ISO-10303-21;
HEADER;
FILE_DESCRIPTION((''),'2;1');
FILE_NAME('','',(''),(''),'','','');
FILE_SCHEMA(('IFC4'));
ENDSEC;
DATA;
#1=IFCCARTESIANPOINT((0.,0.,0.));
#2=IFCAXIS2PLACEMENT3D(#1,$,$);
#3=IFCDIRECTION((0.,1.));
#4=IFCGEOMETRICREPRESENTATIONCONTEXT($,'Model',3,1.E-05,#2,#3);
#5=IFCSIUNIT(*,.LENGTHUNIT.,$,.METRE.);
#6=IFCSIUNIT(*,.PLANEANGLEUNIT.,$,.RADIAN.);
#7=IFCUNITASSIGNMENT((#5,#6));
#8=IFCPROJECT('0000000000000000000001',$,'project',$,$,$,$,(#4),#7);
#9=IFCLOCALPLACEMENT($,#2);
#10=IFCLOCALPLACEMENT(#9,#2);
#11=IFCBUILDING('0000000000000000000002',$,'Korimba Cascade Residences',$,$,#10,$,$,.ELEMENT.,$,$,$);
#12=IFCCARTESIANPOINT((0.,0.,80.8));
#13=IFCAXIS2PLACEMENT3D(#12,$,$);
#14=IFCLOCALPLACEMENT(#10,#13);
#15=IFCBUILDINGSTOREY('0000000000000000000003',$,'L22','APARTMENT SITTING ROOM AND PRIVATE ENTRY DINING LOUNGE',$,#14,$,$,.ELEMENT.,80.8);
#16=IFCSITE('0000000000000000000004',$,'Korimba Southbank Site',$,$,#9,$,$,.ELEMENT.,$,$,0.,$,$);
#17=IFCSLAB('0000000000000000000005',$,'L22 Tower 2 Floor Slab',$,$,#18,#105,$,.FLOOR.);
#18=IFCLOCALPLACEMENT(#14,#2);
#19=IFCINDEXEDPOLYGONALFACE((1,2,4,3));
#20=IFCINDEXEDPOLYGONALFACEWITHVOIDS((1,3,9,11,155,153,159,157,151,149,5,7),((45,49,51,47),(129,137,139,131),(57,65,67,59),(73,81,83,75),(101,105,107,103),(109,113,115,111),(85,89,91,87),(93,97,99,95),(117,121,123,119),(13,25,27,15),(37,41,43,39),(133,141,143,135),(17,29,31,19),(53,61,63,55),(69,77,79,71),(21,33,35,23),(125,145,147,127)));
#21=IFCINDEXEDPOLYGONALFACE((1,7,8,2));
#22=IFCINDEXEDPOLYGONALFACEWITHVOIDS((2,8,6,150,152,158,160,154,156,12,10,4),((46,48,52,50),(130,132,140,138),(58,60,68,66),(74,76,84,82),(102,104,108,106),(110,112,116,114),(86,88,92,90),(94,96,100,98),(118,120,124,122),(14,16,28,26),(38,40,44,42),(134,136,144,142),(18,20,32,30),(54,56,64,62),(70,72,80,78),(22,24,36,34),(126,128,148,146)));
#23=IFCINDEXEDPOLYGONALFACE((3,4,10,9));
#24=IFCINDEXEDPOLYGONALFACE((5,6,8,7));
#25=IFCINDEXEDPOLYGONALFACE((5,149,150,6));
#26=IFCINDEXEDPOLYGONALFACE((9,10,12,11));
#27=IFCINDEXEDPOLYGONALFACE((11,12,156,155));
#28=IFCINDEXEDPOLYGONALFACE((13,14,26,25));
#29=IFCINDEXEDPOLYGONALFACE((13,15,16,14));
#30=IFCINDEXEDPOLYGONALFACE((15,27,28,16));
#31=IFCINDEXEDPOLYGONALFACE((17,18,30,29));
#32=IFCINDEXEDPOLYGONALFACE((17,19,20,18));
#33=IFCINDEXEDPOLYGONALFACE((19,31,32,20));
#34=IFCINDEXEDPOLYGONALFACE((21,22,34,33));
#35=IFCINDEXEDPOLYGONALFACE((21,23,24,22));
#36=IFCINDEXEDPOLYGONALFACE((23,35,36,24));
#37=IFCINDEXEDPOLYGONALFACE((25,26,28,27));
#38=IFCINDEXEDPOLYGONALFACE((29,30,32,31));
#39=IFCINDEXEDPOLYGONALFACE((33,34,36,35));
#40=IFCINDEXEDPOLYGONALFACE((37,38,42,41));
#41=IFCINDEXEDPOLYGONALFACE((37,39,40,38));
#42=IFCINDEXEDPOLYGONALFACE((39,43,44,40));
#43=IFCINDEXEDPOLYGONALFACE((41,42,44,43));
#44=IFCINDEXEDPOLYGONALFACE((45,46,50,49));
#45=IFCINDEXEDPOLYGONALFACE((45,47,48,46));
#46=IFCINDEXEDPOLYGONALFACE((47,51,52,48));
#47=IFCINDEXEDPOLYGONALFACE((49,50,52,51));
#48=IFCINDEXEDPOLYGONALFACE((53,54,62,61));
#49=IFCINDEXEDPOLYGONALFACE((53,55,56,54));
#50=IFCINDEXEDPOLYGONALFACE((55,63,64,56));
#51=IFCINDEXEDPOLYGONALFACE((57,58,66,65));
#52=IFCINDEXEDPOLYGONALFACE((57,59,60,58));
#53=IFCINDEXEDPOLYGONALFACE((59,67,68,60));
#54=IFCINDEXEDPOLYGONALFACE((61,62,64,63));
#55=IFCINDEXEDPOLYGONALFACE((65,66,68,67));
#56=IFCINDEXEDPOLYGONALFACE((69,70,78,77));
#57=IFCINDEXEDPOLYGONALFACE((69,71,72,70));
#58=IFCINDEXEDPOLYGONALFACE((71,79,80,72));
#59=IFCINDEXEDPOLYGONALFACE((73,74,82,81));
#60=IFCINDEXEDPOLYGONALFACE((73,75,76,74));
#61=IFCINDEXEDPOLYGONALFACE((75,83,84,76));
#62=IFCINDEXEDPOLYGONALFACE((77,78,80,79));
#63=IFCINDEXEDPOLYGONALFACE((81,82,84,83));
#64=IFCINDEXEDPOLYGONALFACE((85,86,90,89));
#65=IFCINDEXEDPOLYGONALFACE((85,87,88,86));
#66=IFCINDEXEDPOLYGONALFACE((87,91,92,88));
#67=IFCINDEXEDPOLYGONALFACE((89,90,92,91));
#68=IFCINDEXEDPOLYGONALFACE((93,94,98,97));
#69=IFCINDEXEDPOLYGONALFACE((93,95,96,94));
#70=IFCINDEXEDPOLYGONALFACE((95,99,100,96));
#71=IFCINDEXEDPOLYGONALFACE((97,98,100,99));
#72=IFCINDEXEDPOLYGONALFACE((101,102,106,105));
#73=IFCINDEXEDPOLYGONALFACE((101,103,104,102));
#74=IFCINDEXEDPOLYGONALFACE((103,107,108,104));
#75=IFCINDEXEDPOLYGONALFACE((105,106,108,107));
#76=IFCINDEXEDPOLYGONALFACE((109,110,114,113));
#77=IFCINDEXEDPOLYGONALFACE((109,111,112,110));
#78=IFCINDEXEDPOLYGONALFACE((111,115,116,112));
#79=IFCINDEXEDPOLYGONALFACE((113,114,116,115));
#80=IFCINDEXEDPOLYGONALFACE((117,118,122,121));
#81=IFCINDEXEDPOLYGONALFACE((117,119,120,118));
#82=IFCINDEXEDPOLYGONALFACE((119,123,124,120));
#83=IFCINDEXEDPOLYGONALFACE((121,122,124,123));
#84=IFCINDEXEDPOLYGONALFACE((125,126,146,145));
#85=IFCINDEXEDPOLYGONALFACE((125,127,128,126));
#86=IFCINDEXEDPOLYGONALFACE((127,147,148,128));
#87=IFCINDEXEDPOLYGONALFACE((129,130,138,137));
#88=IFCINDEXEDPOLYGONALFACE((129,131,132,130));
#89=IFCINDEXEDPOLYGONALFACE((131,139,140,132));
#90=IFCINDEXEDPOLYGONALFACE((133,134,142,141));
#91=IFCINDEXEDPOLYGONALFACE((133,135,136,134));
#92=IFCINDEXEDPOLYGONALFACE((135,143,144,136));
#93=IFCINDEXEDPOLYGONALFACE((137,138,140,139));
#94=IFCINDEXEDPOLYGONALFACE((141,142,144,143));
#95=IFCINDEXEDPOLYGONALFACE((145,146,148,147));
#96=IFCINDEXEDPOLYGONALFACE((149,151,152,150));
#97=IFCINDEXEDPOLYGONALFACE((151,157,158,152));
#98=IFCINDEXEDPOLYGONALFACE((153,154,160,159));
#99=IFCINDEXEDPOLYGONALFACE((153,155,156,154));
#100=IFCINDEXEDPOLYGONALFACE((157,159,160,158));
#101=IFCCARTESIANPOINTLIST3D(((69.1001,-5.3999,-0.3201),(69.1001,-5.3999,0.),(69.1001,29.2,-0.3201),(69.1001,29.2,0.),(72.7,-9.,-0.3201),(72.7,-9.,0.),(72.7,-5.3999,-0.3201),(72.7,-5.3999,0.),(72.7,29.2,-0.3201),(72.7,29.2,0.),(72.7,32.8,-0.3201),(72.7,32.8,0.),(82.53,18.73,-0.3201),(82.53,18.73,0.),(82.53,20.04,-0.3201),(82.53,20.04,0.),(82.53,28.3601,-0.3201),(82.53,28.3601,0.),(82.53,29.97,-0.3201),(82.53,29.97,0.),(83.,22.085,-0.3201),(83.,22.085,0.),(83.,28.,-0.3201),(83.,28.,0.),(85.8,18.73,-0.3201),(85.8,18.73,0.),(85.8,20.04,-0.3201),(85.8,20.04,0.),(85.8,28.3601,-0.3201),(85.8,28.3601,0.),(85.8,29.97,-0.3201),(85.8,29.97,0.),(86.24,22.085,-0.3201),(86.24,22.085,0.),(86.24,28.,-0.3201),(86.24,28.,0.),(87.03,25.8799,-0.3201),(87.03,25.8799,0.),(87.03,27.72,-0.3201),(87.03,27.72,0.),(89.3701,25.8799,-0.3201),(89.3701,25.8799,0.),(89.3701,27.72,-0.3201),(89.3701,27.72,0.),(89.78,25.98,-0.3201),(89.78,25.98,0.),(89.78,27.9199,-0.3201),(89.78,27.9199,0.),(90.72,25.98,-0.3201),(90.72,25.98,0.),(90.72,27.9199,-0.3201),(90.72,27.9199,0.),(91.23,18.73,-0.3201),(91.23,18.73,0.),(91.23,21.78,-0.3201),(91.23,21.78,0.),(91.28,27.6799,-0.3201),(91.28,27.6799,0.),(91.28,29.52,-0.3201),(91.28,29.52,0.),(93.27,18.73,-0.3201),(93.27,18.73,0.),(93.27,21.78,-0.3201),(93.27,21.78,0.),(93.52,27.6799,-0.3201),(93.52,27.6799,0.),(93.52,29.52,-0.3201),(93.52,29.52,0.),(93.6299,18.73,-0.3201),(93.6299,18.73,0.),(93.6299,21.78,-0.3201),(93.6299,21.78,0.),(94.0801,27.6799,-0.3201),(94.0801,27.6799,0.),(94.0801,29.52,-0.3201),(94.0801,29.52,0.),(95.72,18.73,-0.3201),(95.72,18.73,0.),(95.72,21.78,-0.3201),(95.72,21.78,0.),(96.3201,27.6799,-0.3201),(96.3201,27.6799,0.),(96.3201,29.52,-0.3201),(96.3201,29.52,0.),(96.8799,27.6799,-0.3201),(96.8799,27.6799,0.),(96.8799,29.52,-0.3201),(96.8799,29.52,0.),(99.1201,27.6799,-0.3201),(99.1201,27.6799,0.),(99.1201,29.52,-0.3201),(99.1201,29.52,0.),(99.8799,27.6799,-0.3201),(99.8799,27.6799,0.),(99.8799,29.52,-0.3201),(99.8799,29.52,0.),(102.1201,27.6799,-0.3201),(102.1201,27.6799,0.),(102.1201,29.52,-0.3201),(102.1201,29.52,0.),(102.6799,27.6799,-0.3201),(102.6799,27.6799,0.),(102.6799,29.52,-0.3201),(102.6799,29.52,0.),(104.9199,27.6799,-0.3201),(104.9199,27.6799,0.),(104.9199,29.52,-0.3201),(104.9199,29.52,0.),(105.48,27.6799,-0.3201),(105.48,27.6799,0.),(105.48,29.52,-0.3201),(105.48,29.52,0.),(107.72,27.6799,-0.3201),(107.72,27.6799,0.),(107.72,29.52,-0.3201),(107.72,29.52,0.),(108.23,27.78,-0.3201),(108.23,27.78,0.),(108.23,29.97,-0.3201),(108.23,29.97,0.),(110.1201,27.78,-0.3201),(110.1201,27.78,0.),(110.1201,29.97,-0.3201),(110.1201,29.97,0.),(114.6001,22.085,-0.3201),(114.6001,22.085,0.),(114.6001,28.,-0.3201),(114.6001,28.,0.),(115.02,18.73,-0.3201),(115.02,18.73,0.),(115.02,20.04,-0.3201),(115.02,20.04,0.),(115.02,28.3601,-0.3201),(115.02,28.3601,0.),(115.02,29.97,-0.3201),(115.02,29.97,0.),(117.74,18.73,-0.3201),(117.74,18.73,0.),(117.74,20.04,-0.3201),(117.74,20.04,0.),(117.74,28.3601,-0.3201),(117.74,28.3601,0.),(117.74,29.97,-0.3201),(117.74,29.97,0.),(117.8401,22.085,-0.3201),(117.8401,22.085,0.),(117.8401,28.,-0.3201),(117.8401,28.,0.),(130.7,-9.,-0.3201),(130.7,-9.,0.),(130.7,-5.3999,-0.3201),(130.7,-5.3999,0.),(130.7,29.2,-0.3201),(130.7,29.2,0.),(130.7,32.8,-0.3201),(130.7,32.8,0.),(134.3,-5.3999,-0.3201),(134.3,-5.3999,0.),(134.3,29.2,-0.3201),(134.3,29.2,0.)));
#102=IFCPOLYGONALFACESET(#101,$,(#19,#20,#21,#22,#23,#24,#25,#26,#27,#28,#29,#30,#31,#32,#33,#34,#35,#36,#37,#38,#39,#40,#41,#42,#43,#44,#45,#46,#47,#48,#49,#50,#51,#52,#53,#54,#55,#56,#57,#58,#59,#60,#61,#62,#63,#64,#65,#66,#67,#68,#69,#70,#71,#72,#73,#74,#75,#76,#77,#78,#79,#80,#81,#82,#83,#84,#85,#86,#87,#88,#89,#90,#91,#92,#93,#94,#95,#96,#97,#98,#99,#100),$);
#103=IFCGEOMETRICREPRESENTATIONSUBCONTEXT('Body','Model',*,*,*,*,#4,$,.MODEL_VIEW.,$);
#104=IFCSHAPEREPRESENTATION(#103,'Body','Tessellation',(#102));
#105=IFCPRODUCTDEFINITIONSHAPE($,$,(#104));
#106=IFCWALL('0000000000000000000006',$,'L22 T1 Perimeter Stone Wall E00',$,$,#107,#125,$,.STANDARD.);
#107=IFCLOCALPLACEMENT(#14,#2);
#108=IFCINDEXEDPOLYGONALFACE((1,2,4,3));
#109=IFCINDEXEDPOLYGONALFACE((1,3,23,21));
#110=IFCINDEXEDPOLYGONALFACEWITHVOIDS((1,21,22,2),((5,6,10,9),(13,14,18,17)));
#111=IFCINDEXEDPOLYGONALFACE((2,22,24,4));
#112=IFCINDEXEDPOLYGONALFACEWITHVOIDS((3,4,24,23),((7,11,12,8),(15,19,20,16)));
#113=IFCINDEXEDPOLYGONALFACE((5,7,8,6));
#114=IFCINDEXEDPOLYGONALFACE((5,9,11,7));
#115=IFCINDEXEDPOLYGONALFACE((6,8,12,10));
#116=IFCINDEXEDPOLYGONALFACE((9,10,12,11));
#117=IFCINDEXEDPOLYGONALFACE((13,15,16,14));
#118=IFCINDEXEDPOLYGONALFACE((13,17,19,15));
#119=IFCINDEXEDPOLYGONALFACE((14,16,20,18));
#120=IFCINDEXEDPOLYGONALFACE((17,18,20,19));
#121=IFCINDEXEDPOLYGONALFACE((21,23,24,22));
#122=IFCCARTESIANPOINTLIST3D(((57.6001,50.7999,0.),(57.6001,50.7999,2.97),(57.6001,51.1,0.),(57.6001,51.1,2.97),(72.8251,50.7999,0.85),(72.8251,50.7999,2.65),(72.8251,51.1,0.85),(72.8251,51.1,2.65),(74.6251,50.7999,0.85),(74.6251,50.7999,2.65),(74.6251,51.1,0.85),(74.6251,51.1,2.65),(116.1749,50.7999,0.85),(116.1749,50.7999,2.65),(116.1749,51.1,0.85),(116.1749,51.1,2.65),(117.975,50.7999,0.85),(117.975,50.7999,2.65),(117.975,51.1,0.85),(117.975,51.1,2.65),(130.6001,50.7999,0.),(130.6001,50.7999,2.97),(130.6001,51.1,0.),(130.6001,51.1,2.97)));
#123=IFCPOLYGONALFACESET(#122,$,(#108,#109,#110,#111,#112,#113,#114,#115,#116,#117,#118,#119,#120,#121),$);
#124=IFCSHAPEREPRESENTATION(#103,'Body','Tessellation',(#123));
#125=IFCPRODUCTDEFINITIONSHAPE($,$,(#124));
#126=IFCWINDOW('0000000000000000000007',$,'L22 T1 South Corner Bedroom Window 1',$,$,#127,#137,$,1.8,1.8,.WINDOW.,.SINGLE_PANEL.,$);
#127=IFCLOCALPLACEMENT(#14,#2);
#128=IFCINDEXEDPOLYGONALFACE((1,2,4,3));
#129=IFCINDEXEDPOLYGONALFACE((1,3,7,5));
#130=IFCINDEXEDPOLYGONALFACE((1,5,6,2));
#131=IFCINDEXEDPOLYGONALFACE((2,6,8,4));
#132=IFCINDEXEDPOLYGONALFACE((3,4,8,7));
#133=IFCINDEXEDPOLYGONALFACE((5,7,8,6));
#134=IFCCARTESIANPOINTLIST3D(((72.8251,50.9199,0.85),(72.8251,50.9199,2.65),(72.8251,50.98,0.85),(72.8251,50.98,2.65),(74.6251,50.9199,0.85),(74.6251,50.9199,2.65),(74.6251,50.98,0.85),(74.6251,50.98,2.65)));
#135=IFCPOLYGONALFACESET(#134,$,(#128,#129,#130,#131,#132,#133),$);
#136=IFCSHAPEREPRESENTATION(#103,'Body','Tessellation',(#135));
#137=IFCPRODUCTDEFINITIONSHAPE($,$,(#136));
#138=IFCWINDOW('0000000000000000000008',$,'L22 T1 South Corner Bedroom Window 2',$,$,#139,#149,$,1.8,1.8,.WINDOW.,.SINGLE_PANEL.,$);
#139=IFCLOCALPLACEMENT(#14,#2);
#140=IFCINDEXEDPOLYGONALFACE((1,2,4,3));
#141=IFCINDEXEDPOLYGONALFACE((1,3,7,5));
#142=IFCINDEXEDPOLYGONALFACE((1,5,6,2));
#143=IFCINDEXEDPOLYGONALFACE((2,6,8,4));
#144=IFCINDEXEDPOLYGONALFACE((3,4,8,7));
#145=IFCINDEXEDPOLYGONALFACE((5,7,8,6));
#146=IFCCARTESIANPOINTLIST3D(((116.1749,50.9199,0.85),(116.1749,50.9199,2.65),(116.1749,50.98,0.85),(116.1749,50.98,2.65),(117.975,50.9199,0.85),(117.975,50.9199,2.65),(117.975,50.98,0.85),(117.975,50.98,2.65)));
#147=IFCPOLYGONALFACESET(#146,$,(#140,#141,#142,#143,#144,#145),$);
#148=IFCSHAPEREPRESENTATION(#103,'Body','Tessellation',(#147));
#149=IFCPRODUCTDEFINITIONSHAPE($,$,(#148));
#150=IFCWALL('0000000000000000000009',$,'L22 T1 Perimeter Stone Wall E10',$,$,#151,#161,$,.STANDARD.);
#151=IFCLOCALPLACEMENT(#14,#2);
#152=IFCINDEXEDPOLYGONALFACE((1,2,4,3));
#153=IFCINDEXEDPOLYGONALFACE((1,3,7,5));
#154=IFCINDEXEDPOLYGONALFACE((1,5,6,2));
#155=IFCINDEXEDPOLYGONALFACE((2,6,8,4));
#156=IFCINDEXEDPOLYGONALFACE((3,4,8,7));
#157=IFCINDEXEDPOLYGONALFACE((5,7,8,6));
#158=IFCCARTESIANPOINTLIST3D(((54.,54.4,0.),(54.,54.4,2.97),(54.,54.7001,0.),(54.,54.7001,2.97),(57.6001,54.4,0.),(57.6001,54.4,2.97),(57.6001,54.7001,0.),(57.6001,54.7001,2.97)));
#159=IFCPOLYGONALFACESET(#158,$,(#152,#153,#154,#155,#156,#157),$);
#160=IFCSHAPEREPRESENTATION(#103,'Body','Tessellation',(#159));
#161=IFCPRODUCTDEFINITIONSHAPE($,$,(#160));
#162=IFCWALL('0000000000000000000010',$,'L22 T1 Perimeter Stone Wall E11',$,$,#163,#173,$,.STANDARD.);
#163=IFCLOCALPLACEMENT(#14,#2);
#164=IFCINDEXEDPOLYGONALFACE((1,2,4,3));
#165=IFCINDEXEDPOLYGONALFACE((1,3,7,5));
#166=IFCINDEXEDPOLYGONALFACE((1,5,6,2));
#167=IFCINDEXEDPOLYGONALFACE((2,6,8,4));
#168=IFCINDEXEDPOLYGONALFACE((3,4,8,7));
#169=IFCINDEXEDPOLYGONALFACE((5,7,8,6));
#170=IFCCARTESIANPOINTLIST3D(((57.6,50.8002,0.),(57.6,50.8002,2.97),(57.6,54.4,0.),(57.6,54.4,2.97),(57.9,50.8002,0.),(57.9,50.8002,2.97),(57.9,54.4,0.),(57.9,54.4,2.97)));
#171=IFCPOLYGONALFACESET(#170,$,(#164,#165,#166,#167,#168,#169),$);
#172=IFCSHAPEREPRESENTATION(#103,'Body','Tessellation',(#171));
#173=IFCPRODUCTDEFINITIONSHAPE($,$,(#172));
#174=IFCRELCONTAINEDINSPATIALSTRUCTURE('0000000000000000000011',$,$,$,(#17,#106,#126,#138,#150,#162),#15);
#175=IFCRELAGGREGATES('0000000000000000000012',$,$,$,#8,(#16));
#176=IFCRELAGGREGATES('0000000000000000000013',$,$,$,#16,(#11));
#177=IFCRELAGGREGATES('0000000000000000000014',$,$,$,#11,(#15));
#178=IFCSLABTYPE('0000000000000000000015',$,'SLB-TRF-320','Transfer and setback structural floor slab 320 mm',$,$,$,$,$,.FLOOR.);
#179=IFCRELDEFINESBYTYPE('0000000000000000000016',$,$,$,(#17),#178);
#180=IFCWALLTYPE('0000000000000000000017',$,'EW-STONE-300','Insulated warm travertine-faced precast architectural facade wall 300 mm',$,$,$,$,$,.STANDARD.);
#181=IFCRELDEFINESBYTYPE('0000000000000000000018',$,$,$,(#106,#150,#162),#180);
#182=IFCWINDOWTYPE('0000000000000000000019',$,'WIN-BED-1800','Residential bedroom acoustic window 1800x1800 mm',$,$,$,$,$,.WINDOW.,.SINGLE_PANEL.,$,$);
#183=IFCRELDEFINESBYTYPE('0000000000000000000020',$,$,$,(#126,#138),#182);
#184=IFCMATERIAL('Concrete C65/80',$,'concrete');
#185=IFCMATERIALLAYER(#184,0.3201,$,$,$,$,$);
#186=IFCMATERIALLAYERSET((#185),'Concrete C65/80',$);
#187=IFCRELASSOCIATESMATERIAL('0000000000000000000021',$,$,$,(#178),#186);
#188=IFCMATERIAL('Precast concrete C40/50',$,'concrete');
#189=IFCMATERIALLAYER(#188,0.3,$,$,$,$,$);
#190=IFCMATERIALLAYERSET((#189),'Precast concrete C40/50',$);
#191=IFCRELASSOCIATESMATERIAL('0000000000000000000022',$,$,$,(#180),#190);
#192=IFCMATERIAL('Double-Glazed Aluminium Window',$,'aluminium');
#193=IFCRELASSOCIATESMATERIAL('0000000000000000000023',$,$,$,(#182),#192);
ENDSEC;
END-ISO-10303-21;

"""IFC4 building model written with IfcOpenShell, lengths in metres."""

from ifc_helpers import new_model, si_unit, direction, frame, frame_2d, origin, place, context, subcontext, project, spatial, polyline, rectangle, outline, extrude, material, layer, layer_set, type_object, element, fill, save


model = new_model("IFC4")

# Units and contexts
model_context = context("Model", 3, precision=1e-05, world=origin(), true_north=direction((0.0, 1.0)))
body_context = subcontext(model_context, "Body", "Model", "MODEL_VIEW")
ifc_project = project(units=[si_unit("LENGTHUNIT", "METRE"), si_unit("PLANEANGLEUNIT", "RADIAN")], contexts=[model_context])

# Site, building, storey
site_placement = place(None, origin())
site = spatial("IfcSite", under=ifc_project, at=site_placement, Name="Korimba Southbank Site", CompositionType="ELEMENT", RefElevation=0.0)
building_placement = place(site_placement, origin())
building = spatial("IfcBuilding", under=site, at=building_placement, Name="Korimba Cascade Residences", CompositionType="ELEMENT")
storey_placement = place(building_placement, frame((0.0, 0.0, 80.8)))
storey = spatial("IfcBuildingStorey", under=building, at=storey_placement, Name="L22", Description="APARTMENT SITTING ROOM AND PRIVATE ENTRY DINING LOUNGE", CompositionType="ELEMENT", Elevation=80.8)

# Shared definitions
ifc_material_1 = material(Name="Concrete C65/80", Category="concrete")

# Slab
ifc_material_2 = material(Name="Precast concrete C40/50", Category="concrete")
ifc_layer_1 = layer(ifc_material_1, 0.3201)
ifc_layer_set_1 = layer_set([ifc_layer_1], Name="Concrete C65/80")
slab_type_1 = type_object("IfcSlabType", Name="SLB-TRF-320", Description="Transfer and setback structural floor slab 320 mm", PredefinedType="FLOOR", material=ifc_layer_set_1)
slab_1_placement = place(storey_placement, frame((0.0, 0.0, -0.3201)))
element("IfcSlab", 1, at=slab_1_placement, inside=storey, type_object=slab_type_1, Name="L22 Tower 2 Floor Slab", PredefinedType="FLOOR", context=body_context, shape_type="SweptSolid", body=[
    extrude(outline(polyline([(72.7, -9.0), (130.7, -9.0), (130.7, -5.3999), (134.3, -5.3999), (134.3, 29.2), (130.7, 29.2), (130.7, 32.8), (72.7, 32.8), (72.7, 29.2), (69.1001, 29.2), (69.1001, -5.3999), (72.7, -5.3999), (72.7, -9.0)]), holes=[polyline([(86.24, 22.085), (86.24, 28.0), (83.0, 28.0), (83.0, 22.085), (86.24, 22.085)]), polyline([(117.8401, 22.085), (117.8401, 28.0), (114.6001, 28.0), (114.6001, 22.085), (117.8401, 22.085)]), polyline([(87.03, 25.8799), (89.3701, 25.8799), (89.3701, 27.72), (87.03, 27.72), (87.03, 25.8799)]), polyline([(91.28, 27.6799), (93.52, 27.6799), (93.52, 29.52), (91.28, 29.52), (91.28, 27.6799)]), polyline([(94.0801, 27.6799), (96.3201, 27.6799), (96.3201, 29.52), (94.0801, 29.52), (94.0801, 27.6799)]), polyline([(96.8799, 27.6799), (99.1201, 27.6799), (99.1201, 29.52), (96.8799, 29.52), (96.8799, 27.6799)]), polyline([(99.8799, 27.6799), (102.1201, 27.6799), (102.1201, 29.52), (99.8799, 29.52), (99.8799, 27.6799)]), polyline([(102.6799, 27.6799), (104.9199, 27.6799), (104.9199, 29.52), (102.6799, 29.52), (102.6799, 27.6799)]), polyline([(105.48, 27.6799), (107.72, 27.6799), (107.72, 29.52), (105.48, 29.52), (105.48, 27.6799)]), polyline([(89.78, 25.98), (90.72, 25.98), (90.72, 27.9199), (89.78, 27.9199), (89.78, 25.98)]), polyline([(82.53, 18.73), (85.8, 18.73), (85.8, 20.04), (82.53, 20.04), (82.53, 18.73)]), polyline([(82.53, 28.3601), (85.8, 28.3601), (85.8, 29.97), (82.53, 29.97), (82.53, 28.3601)]), polyline([(108.23, 27.78), (110.1201, 27.78), (110.1201, 29.97), (108.23, 29.97), (108.23, 27.78)]), polyline([(91.23, 18.73), (93.27, 18.73), (93.27, 21.78), (91.23, 21.78), (91.23, 18.73)]), polyline([(93.6299, 18.73), (95.72, 18.73), (95.72, 21.78), (93.6299, 21.78), (93.6299, 18.73)]), polyline([(115.02, 18.73), (117.74, 18.73), (117.74, 20.04), (115.02, 20.04), (115.02, 18.73)]), polyline([(115.02, 28.3601), (117.74, 28.3601), (117.74, 29.97), (115.02, 29.97), (115.02, 28.3601)])]), origin(), (0.0, 0.0, 1.0), 0.3201),
])

# Wall, openings, windows
ifc_layer_2 = layer(ifc_material_2, 0.3)
ifc_layer_set_2 = layer_set([ifc_layer_2], Name="Precast concrete C40/50")
wall_type_1 = type_object("IfcWallType", Name="EW-STONE-300", Description="Insulated warm travertine-faced precast architectural facade wall 300 mm", PredefinedType="STANDARD", material=ifc_layer_set_2)
wall_1_placement = place(storey_placement, frame((57.6001, 50.95, 0.0), z_axis=(0.0, 0.0, 1.0), x_axis=(1.0, 0.0, 0.0)))
wall_1 = element("IfcWall", 2, at=wall_1_placement, inside=storey, type_object=wall_type_1, Name="L22 T1 Perimeter Stone Wall E00", PredefinedType="STANDARD", context=body_context, shape_type="SweptSolid", body=[
    extrude(rectangle(XDim=73.0, YDim=0.3, at=frame_2d((36.5, 0.0))), origin(), (0.0, 0.0, 1.0), 2.97),
])
opening_1_placement = place(wall_1_placement, frame((15.2251, 0.0, 0.8501)))
opening_1 = element("IfcOpeningElement", 3, at=opening_1_placement, cuts=wall_1, PredefinedType="OPENING", context=body_context, shape_type="SweptSolid", body=[
    extrude(rectangle(XDim=1.8, YDim=1.8, at=frame_2d((0.8999, 0.8999))), frame((0.0, 0.1602, 0.0), z_axis=(0.0, -1.0, 0.0), x_axis=(1.0, 0.0, 0.0)), (0.0, 0.0, 1.0), 0.3201),
])
opening_2_placement = place(wall_1_placement, frame((58.575, 0.0, 0.8501)))
opening_2 = element("IfcOpeningElement", 4, at=opening_2_placement, cuts=wall_1, PredefinedType="OPENING", context=body_context, shape_type="SweptSolid", body=[
    extrude(rectangle(XDim=1.8, YDim=1.8, at=frame_2d((0.8999, 0.8999))), frame((0.0, 0.1602, 0.0), z_axis=(0.0, -1.0, 0.0), x_axis=(1.0, 0.0, 0.0)), (0.0, 0.0, 1.0), 0.3201),
])
ifc_material_3 = material(Name="Double-Glazed Aluminium Window", Category="aluminium")
window_type = type_object("IfcWindowType", Name="WIN-BED-1800", Description="Residential bedroom acoustic window 1800x1800 mm", PartitioningType="SINGLE_PANEL", PredefinedType="WINDOW", material=ifc_material_3)
window_1_placement = place(opening_1_placement, origin())
window_1 = element("IfcWindow", 5, at=window_1_placement, inside=storey, type_object=window_type, Name="L22 T1 South Corner Bedroom Window 1", OverallHeight=1.8, OverallWidth=1.8, PartitioningType="SINGLE_PANEL", PredefinedType="WINDOW", context=body_context, shape_type="SweptSolid", body=[
    extrude(rectangle(XDim=1.8, YDim=1.8, at=frame_2d((0.8999, 0.8999))), frame((0.0, 0.03, 0.0), z_axis=(0.0, -1.0, 0.0), x_axis=(1.0, 0.0, 0.0)), (0.0, 0.0, 1.0), 0.0601),
])
fill(opening_1, window_1)
window_2_placement = place(opening_2_placement, origin())
window_2 = element("IfcWindow", 6, at=window_2_placement, inside=storey, type_object=window_type, Name="L22 T1 South Corner Bedroom Window 2", OverallHeight=1.8, OverallWidth=1.8, PartitioningType="SINGLE_PANEL", PredefinedType="WINDOW", context=body_context, shape_type="SweptSolid", body=[
    extrude(rectangle(XDim=1.8, YDim=1.8, at=frame_2d((0.8999, 0.8999))), frame((0.0, 0.03, 0.0), z_axis=(0.0, -1.0, 0.0), x_axis=(1.0, 0.0, 0.0)), (0.0, 0.0, 1.0), 0.0601),
])
fill(opening_2, window_2)

# Walls
wall_2_placement = place(storey_placement, frame((54.0, 54.55, 0.0), z_axis=(0.0, 0.0, 1.0), x_axis=(1.0, 0.0, 0.0)))
element("IfcWall", 7, at=wall_2_placement, inside=storey, type_object=wall_type_1, Name="L22 T1 Perimeter Stone Wall E10", PredefinedType="STANDARD", context=body_context, shape_type="SweptSolid", body=[
    extrude(rectangle(XDim=3.6001, YDim=0.3, at=frame_2d((1.8, 0.0))), origin(), (0.0, 0.0, 1.0), 2.97),
])
wall_3_placement = place(storey_placement, frame((57.75, 54.3999, 0.0), z_axis=(0.0, 0.0, 1.0), x_axis=(0.0, -1.0, 0.0)))
element("IfcWall", 8, at=wall_3_placement, inside=storey, type_object=wall_type_1, Name="L22 T1 Perimeter Stone Wall E11", PredefinedType="STANDARD", context=body_context, shape_type="SweptSolid", body=[
    extrude(rectangle(XDim=3.5999, YDim=0.3, at=frame_2d((1.7998, 0.0))), origin(), (0.0, 0.0, 1.0), 2.97),
])

save(model, "model.ifc")
